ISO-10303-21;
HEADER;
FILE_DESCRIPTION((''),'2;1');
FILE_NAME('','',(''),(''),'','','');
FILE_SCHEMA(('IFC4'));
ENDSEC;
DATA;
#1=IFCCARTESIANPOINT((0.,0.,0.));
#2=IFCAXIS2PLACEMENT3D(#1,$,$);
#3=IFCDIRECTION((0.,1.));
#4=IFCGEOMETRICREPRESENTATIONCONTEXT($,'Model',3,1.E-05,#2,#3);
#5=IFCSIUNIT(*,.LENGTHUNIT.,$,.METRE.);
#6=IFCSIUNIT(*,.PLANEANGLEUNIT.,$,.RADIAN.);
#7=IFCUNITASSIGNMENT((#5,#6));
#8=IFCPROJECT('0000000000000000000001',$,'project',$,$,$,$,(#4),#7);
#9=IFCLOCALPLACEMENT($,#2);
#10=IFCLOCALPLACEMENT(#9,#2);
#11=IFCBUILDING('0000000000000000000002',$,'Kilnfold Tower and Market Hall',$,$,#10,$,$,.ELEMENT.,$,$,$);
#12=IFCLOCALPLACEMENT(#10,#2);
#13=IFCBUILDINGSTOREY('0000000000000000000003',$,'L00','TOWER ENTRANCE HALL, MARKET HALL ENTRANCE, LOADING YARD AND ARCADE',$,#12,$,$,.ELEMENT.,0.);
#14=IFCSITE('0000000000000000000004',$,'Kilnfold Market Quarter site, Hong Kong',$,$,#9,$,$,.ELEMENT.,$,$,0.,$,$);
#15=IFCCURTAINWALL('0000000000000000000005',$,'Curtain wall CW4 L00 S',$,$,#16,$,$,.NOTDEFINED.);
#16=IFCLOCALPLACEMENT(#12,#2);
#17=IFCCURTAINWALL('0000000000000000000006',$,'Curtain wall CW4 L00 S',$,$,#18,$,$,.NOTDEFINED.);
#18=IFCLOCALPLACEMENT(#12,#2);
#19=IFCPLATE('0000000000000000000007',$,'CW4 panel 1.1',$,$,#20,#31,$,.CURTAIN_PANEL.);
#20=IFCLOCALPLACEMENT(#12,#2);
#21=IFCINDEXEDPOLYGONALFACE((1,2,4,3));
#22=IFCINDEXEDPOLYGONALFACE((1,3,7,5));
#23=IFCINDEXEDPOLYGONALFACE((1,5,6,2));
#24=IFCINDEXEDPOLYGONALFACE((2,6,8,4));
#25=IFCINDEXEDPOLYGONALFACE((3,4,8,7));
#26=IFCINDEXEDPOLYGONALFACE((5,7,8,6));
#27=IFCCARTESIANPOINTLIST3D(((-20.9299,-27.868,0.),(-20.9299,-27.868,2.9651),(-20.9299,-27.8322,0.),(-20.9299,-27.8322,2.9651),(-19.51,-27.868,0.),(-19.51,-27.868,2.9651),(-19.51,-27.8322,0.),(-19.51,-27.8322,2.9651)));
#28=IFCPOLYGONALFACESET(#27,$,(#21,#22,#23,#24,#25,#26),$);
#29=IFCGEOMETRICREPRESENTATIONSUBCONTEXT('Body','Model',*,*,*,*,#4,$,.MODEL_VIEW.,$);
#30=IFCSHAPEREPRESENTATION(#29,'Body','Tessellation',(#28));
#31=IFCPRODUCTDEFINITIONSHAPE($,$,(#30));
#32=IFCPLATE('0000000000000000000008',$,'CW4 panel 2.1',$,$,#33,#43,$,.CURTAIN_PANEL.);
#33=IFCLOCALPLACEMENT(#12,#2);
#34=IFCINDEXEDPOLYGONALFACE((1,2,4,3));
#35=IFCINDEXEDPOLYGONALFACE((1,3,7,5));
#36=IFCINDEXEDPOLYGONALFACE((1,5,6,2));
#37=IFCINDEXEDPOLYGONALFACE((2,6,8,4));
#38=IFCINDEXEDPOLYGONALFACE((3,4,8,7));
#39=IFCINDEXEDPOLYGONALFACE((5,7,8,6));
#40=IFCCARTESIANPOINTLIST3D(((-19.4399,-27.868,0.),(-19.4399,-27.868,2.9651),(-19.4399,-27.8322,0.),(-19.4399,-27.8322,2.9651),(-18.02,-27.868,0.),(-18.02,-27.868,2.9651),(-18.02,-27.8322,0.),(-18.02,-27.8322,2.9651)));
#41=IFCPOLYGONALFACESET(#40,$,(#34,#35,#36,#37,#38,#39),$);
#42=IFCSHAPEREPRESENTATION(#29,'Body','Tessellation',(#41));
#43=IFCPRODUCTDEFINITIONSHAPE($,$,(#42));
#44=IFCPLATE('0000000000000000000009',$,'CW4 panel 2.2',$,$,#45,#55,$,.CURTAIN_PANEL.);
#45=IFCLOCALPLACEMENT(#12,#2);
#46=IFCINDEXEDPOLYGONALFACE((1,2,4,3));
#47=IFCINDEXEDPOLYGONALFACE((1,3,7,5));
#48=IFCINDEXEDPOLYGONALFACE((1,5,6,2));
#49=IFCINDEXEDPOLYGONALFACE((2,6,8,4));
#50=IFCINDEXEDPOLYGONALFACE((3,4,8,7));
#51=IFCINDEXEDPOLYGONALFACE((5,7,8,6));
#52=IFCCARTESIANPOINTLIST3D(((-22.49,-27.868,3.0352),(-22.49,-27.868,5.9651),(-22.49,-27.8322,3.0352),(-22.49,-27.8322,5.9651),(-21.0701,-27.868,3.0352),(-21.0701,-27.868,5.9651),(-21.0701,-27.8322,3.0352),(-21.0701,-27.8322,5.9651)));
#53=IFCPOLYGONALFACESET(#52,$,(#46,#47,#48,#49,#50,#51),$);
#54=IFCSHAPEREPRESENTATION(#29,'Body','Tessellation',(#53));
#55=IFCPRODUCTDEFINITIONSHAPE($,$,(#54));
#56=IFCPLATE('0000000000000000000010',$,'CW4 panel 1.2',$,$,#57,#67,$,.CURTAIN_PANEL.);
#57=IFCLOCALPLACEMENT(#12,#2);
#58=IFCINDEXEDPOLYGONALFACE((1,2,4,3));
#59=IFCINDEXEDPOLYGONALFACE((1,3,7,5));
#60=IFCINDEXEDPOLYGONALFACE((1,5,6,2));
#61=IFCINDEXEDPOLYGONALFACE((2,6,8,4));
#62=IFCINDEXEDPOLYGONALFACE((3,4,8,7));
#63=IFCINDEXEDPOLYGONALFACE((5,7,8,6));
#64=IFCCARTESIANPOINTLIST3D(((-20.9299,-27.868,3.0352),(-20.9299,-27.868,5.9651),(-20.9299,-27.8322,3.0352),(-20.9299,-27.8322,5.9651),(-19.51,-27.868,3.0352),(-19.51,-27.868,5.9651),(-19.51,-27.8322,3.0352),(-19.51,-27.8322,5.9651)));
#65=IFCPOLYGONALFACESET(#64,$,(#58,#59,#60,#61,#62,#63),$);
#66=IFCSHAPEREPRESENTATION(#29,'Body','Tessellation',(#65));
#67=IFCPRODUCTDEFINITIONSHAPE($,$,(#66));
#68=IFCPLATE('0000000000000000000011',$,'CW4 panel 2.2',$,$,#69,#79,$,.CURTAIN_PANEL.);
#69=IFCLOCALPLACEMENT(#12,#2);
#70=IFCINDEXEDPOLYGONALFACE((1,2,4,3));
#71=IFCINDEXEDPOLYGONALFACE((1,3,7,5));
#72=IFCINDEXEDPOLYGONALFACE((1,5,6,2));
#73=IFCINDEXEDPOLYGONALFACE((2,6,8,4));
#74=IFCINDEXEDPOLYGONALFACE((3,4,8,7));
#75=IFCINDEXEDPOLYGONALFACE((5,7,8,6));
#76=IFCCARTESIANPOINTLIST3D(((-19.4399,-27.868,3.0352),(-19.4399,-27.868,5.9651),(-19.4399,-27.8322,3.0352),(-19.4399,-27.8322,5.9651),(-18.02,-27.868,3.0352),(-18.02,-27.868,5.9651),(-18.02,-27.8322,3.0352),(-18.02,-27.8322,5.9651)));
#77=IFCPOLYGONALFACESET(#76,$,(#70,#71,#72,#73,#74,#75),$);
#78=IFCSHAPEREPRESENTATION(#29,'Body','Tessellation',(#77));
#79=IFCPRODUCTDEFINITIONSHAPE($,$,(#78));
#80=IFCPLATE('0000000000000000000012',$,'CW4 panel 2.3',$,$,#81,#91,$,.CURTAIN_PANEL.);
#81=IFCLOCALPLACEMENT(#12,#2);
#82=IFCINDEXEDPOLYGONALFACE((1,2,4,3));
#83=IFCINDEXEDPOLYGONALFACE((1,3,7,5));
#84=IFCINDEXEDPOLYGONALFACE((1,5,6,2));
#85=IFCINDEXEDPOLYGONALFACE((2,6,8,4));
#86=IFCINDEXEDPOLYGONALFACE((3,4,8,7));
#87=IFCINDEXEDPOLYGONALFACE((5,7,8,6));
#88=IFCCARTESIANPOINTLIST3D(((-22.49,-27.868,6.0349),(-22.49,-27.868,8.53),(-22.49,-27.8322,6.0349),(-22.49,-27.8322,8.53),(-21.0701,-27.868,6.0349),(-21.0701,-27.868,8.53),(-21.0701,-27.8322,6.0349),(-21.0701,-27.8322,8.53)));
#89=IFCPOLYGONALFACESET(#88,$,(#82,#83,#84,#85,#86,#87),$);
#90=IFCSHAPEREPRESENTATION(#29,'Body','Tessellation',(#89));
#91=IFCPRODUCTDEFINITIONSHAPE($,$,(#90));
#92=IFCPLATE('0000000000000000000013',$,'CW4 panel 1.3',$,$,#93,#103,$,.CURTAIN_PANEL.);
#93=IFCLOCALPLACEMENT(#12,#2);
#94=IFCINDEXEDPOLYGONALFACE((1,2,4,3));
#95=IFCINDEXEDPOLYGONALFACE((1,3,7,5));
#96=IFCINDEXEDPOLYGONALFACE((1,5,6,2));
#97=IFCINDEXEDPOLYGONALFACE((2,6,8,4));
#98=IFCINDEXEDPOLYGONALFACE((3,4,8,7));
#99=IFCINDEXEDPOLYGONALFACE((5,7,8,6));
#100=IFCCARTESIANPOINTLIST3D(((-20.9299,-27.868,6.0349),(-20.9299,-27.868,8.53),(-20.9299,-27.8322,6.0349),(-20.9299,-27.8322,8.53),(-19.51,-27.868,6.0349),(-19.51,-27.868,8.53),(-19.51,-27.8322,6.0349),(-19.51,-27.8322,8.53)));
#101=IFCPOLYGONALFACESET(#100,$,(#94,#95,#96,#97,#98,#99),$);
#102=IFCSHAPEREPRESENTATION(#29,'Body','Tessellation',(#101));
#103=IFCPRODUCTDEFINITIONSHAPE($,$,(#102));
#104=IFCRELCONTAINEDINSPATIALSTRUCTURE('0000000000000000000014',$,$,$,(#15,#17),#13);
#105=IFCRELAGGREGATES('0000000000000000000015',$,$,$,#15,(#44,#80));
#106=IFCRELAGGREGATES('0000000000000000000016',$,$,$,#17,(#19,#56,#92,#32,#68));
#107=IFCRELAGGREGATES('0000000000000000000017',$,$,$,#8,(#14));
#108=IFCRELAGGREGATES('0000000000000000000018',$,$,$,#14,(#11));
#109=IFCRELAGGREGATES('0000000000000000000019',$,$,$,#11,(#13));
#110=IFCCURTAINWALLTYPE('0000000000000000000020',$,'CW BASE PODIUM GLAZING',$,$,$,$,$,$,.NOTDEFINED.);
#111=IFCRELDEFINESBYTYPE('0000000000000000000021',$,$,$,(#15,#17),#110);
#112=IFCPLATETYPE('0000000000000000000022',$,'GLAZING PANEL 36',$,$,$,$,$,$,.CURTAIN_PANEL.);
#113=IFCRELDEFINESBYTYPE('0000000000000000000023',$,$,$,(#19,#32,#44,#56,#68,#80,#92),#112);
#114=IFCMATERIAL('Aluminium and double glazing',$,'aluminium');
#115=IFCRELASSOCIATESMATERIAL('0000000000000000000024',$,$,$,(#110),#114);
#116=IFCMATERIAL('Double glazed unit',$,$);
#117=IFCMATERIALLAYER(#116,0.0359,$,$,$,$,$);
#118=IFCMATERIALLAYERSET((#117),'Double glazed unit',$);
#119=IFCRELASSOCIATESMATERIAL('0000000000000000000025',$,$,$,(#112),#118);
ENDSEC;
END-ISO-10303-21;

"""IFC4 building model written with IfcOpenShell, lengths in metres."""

from ifc_helpers import new_model, si_unit, direction, frame, origin, origin_2d, place, context, subcontext, project, spatial, rectangle, extrude, source, transform, mapped, material, layer, layer_set, type_object, element, aggregate, save


model = new_model("IFC4")

# Units and contexts
model_context = context("Model", 3, precision=1e-05, world=origin(), true_north=direction((0.0, 1.0)))
body_context = subcontext(model_context, "Body", "Model", "MODEL_VIEW")
ifc_project = project(units=[si_unit("LENGTHUNIT", "METRE"), si_unit("PLANEANGLEUNIT", "RADIAN")], contexts=[model_context])

# Site, building, storey
site_placement = place(None, origin())
site = spatial("IfcSite", under=ifc_project, at=site_placement, Name="Kilnfold Market Quarter site, Hong Kong", CompositionType="ELEMENT", RefElevation=0.0)
building_placement = place(site_placement, origin())
building = spatial("IfcBuilding", under=site, at=building_placement, Name="Kilnfold Tower and Market Hall", CompositionType="ELEMENT")
storey_placement = place(building_placement, origin())
storey = spatial("IfcBuildingStorey", under=building, at=storey_placement, Name="L00", Description="TOWER ENTRANCE HALL, MARKET HALL ENTRANCE, LOADING YARD AND ARCADE", CompositionType="ELEMENT", Elevation=0.0)

# Curtain walls
ifc_material_1 = material(Name="Aluminium and double glazing", Category="aluminium")
curtain_wall_type = type_object("IfcCurtainWallType", Name="CW BASE PODIUM GLAZING", PredefinedType="NOTDEFINED", material=ifc_material_1)
curtain_wall_1_placement = place(storey_placement, origin())
curtain_wall_1 = element("IfcCurtainWall", 1, at=curtain_wall_1_placement, inside=storey, type_object=curtain_wall_type, Name="Curtain wall CW4 L00 S", PredefinedType="NOTDEFINED")
curtain_wall_2_placement = place(storey_placement, origin())
curtain_wall_2 = element("IfcCurtainWall", 2, at=curtain_wall_2_placement, inside=storey, type_object=curtain_wall_type, Name="Curtain wall CW4 L00 S", PredefinedType="NOTDEFINED")

# Plates
ifc_material_2 = material(Name="Double glazed unit")
ifc_layer = layer(ifc_material_2, 0.0359)
ifc_layer_set = layer_set([ifc_layer], Name="Double glazed unit")
plate_type = type_object("IfcPlateType", Name="GLAZING PANEL 36", PredefinedType="CURTAIN_PANEL", material=ifc_layer_set)
shared_shape_1 = source(origin(), body_context, "Body", "SweptSolid", [
    extrude(rectangle(XDim=1.4199, YDim=0.0359, at=origin_2d()), origin(), (0.0, 0.0, 1.0), 2.9651),
])
plate_1_placement = place(storey_placement, frame((-20.22, -27.8501, 0.0), z_axis=(0.0, 0.0, 1.0), x_axis=(1.0, 0.0, 0.0)))
plate_1 = element("IfcPlate", 3, at=plate_1_placement, type_object=plate_type, Name="CW4 panel 1.1", PredefinedType="CURTAIN_PANEL", context=body_context, shape_type="MappedRepresentation", body=[
    mapped(shared_shape_1, transform((0.0, 0.0, 0.0))),
])
plate_2_placement = place(storey_placement, frame((-18.73, -27.8501, 0.0), z_axis=(0.0, 0.0, 1.0), x_axis=(1.0, 0.0, 0.0)))
plate_2 = element("IfcPlate", 4, at=plate_2_placement, type_object=plate_type, Name="CW4 panel 2.1", PredefinedType="CURTAIN_PANEL", context=body_context, shape_type="MappedRepresentation", body=[
    mapped(shared_shape_1, transform((0.0, 0.0, 0.0))),
])
shared_shape_2 = source(origin(), body_context, "Body", "SweptSolid", [
    extrude(rectangle(XDim=1.4199, YDim=0.0359, at=origin_2d()), origin(), (0.0, 0.0, 1.0), 2.9299),
])
plate_3_placement = place(storey_placement, frame((-21.78, -27.8501, 3.0352), z_axis=(0.0, 0.0, 1.0), x_axis=(1.0, 0.0, 0.0)))
plate_3 = element("IfcPlate", 5, at=plate_3_placement, type_object=plate_type, Name="CW4 panel 2.2", PredefinedType="CURTAIN_PANEL", context=body_context, shape_type="MappedRepresentation", body=[
    mapped(shared_shape_2, transform((0.0, 0.0, 0.0))),
])
plate_4_placement = place(storey_placement, frame((-20.22, -27.8501, 3.0352), z_axis=(0.0, 0.0, 1.0), x_axis=(1.0, 0.0, 0.0)))
plate_4 = element("IfcPlate", 6, at=plate_4_placement, type_object=plate_type, Name="CW4 panel 1.2", PredefinedType="CURTAIN_PANEL", context=body_context, shape_type="MappedRepresentation", body=[
    mapped(shared_shape_2, transform((0.0, 0.0, 0.0))),
])
plate_5_placement = place(storey_placement, frame((-18.73, -27.8501, 3.0352), z_axis=(0.0, 0.0, 1.0), x_axis=(1.0, 0.0, 0.0)))
plate_5 = element("IfcPlate", 7, at=plate_5_placement, type_object=plate_type, Name="CW4 panel 2.2", PredefinedType="CURTAIN_PANEL", context=body_context, shape_type="MappedRepresentation", body=[
    mapped(shared_shape_2, transform((0.0, 0.0, 0.0))),
])
shared_shape_3 = source(origin(), body_context, "Body", "SweptSolid", [
    extrude(rectangle(XDim=1.4199, YDim=0.0359, at=origin_2d()), origin(), (0.0, 0.0, 1.0), 2.4951),
])
plate_6_placement = place(storey_placement, frame((-21.78, -27.8501, 6.0349), z_axis=(0.0, 0.0, 1.0), x_axis=(1.0, 0.0, 0.0)))
plate_6 = element("IfcPlate", 8, at=plate_6_placement, type_object=plate_type, Name="CW4 panel 2.3", PredefinedType="CURTAIN_PANEL", context=body_context, shape_type="MappedRepresentation", body=[
    mapped(shared_shape_3, transform((0.0, 0.0, 0.0))),
])
aggregate(curtain_wall_1, [plate_3, plate_6])
plate_7_placement = place(storey_placement, frame((-20.22, -27.8501, 6.0349), z_axis=(0.0, 0.0, 1.0), x_axis=(1.0, 0.0, 0.0)))
plate_7 = element("IfcPlate", 9, at=plate_7_placement, type_object=plate_type, Name="CW4 panel 1.3", PredefinedType="CURTAIN_PANEL", context=body_context, shape_type="MappedRepresentation", body=[
    mapped(shared_shape_3, transform((0.0, 0.0, 0.0))),
])
aggregate(curtain_wall_2, [plate_1, plate_4, plate_7, plate_2, plate_5])

save(model, "model.ifc")
